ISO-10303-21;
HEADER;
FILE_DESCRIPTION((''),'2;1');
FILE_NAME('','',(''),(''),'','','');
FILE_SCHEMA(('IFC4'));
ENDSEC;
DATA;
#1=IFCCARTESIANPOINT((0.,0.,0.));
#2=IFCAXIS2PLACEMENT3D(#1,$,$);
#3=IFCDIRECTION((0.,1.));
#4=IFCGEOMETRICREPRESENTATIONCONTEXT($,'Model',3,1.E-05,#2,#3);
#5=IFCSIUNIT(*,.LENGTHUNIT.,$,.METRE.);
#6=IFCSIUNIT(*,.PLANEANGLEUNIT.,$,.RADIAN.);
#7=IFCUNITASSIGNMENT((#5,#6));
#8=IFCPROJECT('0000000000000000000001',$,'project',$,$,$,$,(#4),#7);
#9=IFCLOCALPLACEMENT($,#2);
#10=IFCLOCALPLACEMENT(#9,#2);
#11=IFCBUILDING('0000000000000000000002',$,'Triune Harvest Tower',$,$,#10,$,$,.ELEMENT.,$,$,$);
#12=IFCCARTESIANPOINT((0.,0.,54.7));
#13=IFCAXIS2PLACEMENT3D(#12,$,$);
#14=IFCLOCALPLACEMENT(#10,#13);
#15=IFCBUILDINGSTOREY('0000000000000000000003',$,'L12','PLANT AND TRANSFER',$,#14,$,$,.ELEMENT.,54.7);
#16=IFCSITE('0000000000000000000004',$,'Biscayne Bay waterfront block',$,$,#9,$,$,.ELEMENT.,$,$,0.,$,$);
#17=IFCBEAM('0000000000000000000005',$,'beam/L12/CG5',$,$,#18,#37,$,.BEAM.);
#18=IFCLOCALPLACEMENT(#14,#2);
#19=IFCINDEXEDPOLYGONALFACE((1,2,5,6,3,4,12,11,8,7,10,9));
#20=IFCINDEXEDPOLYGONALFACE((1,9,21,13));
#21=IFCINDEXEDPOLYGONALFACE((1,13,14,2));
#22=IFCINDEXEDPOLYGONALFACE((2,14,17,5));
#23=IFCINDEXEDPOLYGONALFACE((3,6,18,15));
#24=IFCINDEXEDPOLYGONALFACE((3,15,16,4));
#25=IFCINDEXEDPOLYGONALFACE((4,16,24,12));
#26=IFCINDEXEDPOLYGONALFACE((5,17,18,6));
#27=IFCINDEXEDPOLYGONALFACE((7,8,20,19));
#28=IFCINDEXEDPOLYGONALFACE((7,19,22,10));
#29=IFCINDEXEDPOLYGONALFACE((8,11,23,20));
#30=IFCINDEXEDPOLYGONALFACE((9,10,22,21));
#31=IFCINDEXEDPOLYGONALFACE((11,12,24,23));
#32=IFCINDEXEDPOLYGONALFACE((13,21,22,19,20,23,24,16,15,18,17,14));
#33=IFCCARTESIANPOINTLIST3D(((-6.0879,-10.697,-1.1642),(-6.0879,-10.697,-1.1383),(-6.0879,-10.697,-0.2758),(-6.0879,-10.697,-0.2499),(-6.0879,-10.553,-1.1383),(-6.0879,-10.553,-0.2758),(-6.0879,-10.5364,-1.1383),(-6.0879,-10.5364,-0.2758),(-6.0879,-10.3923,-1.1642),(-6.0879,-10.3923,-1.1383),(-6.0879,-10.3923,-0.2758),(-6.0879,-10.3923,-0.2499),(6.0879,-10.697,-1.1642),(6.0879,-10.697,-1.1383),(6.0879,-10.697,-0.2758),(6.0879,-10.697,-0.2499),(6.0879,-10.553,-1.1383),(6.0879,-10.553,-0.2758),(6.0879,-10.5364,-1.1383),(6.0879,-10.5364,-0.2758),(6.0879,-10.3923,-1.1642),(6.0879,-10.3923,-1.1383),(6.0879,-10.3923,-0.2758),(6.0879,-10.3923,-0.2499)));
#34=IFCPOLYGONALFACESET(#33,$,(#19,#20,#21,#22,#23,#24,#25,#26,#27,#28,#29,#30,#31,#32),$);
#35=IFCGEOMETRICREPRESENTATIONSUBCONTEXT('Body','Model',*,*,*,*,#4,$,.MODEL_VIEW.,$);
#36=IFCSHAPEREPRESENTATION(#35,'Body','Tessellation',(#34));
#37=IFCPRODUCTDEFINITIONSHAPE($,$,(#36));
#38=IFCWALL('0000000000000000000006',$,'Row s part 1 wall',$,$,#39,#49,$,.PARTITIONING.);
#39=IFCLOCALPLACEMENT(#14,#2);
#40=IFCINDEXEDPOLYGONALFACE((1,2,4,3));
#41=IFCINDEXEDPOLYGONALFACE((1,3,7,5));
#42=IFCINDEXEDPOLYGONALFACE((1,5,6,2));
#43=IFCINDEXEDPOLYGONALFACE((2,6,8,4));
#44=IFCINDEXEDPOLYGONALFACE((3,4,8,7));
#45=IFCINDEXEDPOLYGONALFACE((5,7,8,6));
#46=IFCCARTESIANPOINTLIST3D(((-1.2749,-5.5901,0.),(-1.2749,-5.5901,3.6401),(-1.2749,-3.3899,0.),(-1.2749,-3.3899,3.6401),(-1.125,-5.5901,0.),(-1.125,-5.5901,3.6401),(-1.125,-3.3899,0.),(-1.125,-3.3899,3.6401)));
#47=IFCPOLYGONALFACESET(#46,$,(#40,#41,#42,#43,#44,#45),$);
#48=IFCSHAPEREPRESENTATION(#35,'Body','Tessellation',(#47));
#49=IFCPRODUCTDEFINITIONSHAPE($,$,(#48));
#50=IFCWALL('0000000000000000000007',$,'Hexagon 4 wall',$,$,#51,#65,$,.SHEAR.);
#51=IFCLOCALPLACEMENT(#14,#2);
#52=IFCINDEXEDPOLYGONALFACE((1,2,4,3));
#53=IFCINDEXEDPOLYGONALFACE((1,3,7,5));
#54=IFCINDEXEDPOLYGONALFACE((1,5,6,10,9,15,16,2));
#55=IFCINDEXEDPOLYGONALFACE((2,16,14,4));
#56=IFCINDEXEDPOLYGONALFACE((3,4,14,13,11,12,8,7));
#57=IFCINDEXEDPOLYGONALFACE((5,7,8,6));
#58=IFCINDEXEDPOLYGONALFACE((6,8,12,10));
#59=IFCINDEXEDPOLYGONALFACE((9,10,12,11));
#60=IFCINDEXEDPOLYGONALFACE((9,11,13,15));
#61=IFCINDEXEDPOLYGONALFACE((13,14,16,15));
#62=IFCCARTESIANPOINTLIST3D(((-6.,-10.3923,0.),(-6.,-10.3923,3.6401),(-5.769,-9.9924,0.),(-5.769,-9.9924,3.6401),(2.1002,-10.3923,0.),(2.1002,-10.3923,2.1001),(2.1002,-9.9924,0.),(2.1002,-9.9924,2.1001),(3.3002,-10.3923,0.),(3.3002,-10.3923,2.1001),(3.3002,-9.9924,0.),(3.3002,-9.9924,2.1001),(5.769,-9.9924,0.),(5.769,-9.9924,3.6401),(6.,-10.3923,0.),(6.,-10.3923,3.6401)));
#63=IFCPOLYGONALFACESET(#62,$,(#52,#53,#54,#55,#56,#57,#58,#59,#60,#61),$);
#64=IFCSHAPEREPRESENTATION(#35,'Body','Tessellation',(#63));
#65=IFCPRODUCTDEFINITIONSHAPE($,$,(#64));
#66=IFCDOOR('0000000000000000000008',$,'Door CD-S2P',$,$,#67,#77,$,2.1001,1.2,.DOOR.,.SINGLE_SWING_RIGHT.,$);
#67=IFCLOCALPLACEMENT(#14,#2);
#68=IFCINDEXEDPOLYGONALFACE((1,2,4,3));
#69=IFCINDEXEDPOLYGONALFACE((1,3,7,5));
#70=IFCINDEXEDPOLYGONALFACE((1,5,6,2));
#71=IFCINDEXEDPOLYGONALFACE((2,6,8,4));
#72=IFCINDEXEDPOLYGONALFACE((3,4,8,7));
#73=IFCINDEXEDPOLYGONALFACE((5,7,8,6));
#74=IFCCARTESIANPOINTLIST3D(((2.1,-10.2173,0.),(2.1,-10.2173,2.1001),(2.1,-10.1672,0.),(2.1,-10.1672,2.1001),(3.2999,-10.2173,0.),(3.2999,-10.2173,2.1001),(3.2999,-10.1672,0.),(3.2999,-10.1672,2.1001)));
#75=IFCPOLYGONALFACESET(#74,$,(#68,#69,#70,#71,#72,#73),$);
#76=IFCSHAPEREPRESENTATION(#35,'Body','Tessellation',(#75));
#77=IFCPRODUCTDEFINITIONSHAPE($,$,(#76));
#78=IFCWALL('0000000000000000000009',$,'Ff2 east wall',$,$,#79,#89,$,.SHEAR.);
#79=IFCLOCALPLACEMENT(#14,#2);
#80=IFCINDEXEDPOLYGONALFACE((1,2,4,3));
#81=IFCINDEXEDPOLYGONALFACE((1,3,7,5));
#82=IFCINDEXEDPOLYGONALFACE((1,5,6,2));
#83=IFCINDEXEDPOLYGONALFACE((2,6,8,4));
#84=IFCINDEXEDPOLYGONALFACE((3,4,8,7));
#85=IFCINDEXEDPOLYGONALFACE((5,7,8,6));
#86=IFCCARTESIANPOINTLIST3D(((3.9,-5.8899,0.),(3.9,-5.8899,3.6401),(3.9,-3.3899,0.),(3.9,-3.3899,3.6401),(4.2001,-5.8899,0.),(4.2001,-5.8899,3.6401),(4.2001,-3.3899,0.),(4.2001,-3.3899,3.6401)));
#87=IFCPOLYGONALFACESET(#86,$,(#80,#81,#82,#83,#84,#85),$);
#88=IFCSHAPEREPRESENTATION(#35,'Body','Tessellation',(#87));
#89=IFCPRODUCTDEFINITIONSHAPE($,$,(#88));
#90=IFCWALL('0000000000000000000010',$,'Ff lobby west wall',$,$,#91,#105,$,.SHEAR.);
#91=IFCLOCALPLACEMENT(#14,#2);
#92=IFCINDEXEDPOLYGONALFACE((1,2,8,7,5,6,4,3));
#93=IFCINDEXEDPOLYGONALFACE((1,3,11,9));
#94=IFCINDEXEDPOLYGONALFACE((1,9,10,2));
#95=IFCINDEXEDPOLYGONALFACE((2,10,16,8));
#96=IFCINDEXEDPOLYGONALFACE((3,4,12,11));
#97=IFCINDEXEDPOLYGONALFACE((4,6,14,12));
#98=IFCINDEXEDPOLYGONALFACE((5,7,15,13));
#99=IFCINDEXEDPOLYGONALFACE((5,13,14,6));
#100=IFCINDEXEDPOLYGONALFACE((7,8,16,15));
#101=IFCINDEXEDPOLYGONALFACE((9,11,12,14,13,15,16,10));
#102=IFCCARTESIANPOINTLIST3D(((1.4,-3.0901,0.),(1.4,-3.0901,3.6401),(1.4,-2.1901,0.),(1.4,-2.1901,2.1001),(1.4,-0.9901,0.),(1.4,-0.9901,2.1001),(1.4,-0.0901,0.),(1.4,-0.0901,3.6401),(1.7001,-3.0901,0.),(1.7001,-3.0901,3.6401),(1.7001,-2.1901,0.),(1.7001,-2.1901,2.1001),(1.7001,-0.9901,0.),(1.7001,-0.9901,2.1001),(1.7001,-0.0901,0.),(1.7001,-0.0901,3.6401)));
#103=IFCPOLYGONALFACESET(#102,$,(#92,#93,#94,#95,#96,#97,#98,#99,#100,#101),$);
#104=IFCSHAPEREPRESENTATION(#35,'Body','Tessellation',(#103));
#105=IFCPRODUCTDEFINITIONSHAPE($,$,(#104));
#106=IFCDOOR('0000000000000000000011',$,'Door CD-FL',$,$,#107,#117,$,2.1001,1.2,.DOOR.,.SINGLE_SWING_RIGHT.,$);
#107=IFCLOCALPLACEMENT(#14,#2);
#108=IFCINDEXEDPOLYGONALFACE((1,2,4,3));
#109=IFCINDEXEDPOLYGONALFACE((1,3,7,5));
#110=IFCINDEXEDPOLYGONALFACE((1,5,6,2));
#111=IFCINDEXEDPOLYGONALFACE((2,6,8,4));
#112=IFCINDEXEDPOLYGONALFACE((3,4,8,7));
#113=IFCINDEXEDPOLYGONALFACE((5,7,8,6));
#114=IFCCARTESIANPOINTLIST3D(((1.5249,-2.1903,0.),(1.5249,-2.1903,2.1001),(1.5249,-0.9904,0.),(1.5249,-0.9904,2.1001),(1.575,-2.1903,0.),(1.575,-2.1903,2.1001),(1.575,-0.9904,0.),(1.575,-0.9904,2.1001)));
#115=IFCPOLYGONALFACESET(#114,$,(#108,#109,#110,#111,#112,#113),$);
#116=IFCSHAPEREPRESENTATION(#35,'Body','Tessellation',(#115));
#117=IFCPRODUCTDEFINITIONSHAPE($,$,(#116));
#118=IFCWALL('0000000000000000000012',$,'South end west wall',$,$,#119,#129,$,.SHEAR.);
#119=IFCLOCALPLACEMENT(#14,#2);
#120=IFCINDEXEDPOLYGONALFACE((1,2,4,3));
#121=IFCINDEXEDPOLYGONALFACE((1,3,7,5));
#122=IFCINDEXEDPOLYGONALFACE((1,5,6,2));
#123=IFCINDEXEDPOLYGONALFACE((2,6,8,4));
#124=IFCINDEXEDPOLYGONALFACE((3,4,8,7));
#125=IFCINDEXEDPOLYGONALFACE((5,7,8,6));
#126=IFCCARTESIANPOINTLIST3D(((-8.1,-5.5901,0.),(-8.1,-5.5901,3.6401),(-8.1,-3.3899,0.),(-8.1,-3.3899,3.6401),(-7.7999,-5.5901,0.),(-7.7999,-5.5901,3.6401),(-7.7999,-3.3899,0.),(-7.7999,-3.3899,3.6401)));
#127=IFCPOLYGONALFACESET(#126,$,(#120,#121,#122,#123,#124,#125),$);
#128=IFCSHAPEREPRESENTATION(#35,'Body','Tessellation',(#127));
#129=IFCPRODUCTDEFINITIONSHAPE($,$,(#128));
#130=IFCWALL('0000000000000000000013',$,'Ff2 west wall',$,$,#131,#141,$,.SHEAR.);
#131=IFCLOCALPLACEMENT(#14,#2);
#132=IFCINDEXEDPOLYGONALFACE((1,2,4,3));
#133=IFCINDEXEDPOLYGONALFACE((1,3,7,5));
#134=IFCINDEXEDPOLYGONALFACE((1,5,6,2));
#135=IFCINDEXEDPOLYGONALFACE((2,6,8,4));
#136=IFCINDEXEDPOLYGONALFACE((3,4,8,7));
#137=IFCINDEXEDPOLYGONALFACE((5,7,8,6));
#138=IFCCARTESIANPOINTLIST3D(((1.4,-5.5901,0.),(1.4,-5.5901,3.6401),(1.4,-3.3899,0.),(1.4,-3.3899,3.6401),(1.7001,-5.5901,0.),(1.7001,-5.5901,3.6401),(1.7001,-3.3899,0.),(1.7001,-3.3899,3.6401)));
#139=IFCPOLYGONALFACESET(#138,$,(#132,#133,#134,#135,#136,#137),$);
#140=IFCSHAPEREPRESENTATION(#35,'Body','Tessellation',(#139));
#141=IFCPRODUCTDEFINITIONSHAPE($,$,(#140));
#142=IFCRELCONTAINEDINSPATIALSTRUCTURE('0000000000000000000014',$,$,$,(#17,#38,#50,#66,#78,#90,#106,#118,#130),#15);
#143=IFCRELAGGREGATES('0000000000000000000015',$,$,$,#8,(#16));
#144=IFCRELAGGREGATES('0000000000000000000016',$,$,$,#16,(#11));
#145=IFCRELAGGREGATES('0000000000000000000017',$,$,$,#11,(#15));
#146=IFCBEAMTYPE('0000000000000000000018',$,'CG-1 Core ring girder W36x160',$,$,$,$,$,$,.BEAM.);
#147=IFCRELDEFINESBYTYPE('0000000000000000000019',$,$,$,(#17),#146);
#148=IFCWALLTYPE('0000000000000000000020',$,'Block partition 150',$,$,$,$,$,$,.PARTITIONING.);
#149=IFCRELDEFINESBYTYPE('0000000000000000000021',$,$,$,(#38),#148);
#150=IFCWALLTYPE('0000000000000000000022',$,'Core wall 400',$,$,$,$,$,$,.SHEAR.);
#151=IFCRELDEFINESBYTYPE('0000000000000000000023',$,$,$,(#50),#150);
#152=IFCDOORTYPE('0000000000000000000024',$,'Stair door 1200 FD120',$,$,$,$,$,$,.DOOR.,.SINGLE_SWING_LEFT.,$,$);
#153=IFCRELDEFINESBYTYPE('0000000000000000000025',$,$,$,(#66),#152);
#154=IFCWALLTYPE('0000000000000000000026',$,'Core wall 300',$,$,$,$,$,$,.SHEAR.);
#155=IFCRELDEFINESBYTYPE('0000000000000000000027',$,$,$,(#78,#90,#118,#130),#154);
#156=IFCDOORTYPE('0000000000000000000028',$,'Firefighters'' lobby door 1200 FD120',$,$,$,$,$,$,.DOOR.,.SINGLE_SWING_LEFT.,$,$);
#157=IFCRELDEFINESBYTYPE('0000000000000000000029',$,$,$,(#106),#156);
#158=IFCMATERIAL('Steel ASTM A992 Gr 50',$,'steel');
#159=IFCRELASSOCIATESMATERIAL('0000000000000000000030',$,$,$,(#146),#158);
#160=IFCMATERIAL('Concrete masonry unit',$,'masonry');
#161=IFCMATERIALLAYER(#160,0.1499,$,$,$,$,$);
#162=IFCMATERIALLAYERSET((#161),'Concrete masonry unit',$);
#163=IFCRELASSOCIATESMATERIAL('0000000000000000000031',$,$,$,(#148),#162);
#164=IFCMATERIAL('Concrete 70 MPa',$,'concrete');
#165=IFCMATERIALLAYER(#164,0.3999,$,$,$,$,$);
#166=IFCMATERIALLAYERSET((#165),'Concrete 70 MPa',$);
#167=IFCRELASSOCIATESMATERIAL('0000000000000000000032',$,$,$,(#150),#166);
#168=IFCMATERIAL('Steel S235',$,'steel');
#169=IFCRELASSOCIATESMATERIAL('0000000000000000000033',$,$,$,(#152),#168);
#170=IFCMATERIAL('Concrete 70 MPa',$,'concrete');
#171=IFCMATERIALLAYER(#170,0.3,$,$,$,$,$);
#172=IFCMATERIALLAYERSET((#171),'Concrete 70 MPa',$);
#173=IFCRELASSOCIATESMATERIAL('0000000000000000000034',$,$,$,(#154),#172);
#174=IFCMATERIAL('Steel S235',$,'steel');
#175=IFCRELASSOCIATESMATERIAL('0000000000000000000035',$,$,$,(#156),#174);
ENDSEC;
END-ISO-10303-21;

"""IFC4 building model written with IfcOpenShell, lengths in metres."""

from ifc_helpers import new_model, si_unit, direction, frame, frame_2d, origin, origin_2d, place, context, subcontext, project, spatial, polyline, rectangle, i_section, outline, extrude, source, transform, mapped, material, layer, layer_set, material_profile, profile_set, type_object, element, fill, save


model = new_model("IFC4")

# Units and contexts
model_context = context("Model", 3, precision=1e-05, world=origin(), true_north=direction((0.0, 1.0)))
body_context = subcontext(model_context, "Body", "Model", "MODEL_VIEW")
ifc_project = project(units=[si_unit("LENGTHUNIT", "METRE"), si_unit("PLANEANGLEUNIT", "RADIAN")], contexts=[model_context])

# Site, building, storey
site_placement = place(None, origin())
site = spatial("IfcSite", under=ifc_project, at=site_placement, Name="Biscayne Bay waterfront block", CompositionType="ELEMENT", RefElevation=0.0)
building_placement = place(site_placement, origin())
building = spatial("IfcBuilding", under=site, at=building_placement, Name="Triune Harvest Tower", CompositionType="ELEMENT")
storey_placement = place(building_placement, frame((0.0, 0.0, 54.7)))
storey = spatial("IfcBuildingStorey", under=building, at=storey_placement, Name="L12", Description="PLANT AND TRANSFER", CompositionType="ELEMENT", Elevation=54.7)

# Beam
ifc_material_1 = material(Name="Steel ASTM A992 Gr 50", Category="steel")
ifc_material_profile = material_profile(ifc_material_1, i_section(OverallWidth=0.3047, OverallDepth=0.9143, WebThickness=0.0166, FlangeThickness=0.0259, at=origin_2d()), Name="W36x160")
ifc_profile_set = profile_set([ifc_material_profile], Name="Steel ASTM A992 Gr 50")
beam_type = type_object("IfcBeamType", Name="CG-1 Core ring girder W36x160", PredefinedType="BEAM", material=ifc_profile_set)
shared_shape_1 = source(origin(), body_context, "Body", "SweptSolid", [
    extrude(i_section(OverallWidth=0.3047, OverallDepth=0.9143, WebThickness=0.0166, FlangeThickness=0.0259, at=origin_2d()), origin(), (0.0, 0.0, 1.0), 12.1758),
])
beam_placement = place(storey_placement, frame((-6.0879, -10.5447, -0.707), z_axis=(1.0, 0.0, 0.0), x_axis=(0.0, 1.0, 0.0)))
element("IfcBeam", 1, at=beam_placement, inside=storey, type_object=beam_type, Name="beam/L12/CG5", PredefinedType="BEAM", context=body_context, shape_type="MappedRepresentation", body=[
    mapped(shared_shape_1, transform((0.0, 0.0, 0.0), scale=1.0)),
])

# Wall
ifc_material_2 = material(Name="Concrete masonry unit", Category="masonry")
ifc_layer_1 = layer(ifc_material_2, 0.1499)
ifc_layer_set_1 = layer_set([ifc_layer_1], Name="Concrete masonry unit")
wall_type_1 = type_object("IfcWallType", Name="Block partition 150", PredefinedType="PARTITIONING", material=ifc_layer_set_1)
wall_1_placement = place(storey_placement, frame((-1.2, -5.5901, 0.0), z_axis=(0.0, 0.0, 1.0), x_axis=(0.0, 1.0, 0.0)))
element("IfcWall", 2, at=wall_1_placement, inside=storey, type_object=wall_type_1, Name="Row s part 1 wall", PredefinedType="PARTITIONING", context=body_context, shape_type="SweptSolid", body=[
    extrude(rectangle(XDim=2.2002, YDim=0.1499, at=frame_2d((1.1001, 0.0))), origin(), (0.0, 0.0, 1.0), 3.6401),
])

# Wall, opening, door
ifc_material_3 = material(Name="Concrete 70 MPa", Category="concrete")
ifc_layer_2 = layer(ifc_material_3, 0.3999)
ifc_layer_set_2 = layer_set([ifc_layer_2], Name="Concrete 70 MPa")
wall_type_2 = type_object("IfcWallType", Name="Core wall 400", PredefinedType="SHEAR", material=ifc_layer_set_2)
shared_shape_2 = source(origin(), body_context, "Body", "SweptSolid", [
    extrude(outline(polyline([(-0.1155, -0.2), (11.8845, -0.2), (11.6536, 0.2), (0.1155, 0.2), (-0.1155, -0.2)])), origin(), (0.0, 0.0, 1.0), 3.6401),
])
wall_2_placement = place(storey_placement, frame((-5.8845, -10.1924, 0.0), z_axis=(0.0, 0.0, 1.0), x_axis=(1.0, 0.0, 0.0)))
wall_2 = element("IfcWall", 3, at=wall_2_placement, inside=storey, type_object=wall_type_2, Name="Hexagon 4 wall", PredefinedType="SHEAR", context=body_context, shape_type="MappedRepresentation", body=[
    mapped(shared_shape_2, transform((0.0, 0.0, 0.0), scale=1.0)),
])
opening_1_placement = place(wall_2_placement, frame((7.9846, 0.0, 0.0)))
opening_1 = element("IfcOpeningElement", 4, at=opening_1_placement, cuts=wall_2, PredefinedType="OPENING", context=body_context, shape_type="SweptSolid", body=[
    extrude(rectangle(XDim=1.2, YDim=2.1001, at=frame_2d((0.6001, 1.05))), frame((0.0, 0.21, 0.0), z_axis=(0.0, -1.0, 0.0), x_axis=(1.0, 0.0, 0.0)), (0.0, 0.0, 1.0), 0.4199),
])
ifc_material_4 = material(Name="Steel S235", Category="steel")
door_type_1 = type_object("IfcDoorType", Name="Stair door 1200 FD120", OperationType="SINGLE_SWING_LEFT", PredefinedType="DOOR", material=ifc_material_4)
door_1_placement = place(opening_1_placement, frame((1.2, 0.0, 0.0), z_axis=(0.0, 0.0, 1.0), x_axis=(-1.0, 0.0, 0.0)))
door_1 = element("IfcDoor", 5, at=door_1_placement, inside=storey, type_object=door_type_1, Name="Door CD-S2P", OperationType="SINGLE_SWING_RIGHT", OverallHeight=2.1001, OverallWidth=1.2, PredefinedType="DOOR", context=body_context, shape_type="SweptSolid", body=[
    extrude(rectangle(XDim=1.2, YDim=2.1001, at=frame_2d((0.6001, 1.05))), frame((0.0, 0.0249, 0.0), z_axis=(0.0, -1.0, 0.0), x_axis=(1.0, 0.0, 0.0)), (0.0, 0.0, 1.0), 0.05),
])
fill(opening_1, door_1)

# Wall
ifc_material_5 = material(Name="Concrete 70 MPa", Category="concrete")
ifc_layer_3 = layer(ifc_material_5, 0.3)
ifc_layer_set_3 = layer_set([ifc_layer_3], Name="Concrete 70 MPa")
wall_type_3 = type_object("IfcWallType", Name="Core wall 300", PredefinedType="SHEAR", material=ifc_layer_set_3)
shared_shape_3 = source(origin(), body_context, "Body", "SweptSolid", [
    extrude(rectangle(XDim=2.5, YDim=0.3, at=frame_2d((1.25, 0.0))), origin(), (0.0, 0.0, 1.0), 3.6401),
])
wall_3_placement = place(storey_placement, frame((4.05, -5.8899, 0.0), z_axis=(0.0, 0.0, 1.0), x_axis=(0.0, 1.0, 0.0)))
element("IfcWall", 6, at=wall_3_placement, inside=storey, type_object=wall_type_3, Name="Ff2 east wall", PredefinedType="SHEAR", context=body_context, shape_type="MappedRepresentation", body=[
    mapped(shared_shape_3, transform((0.0, 0.0, 0.0), scale=1.0)),
])

# Wall, opening, door
shared_shape_4 = source(origin(), body_context, "Body", "SweptSolid", [
    extrude(rectangle(XDim=3.0, YDim=0.3, at=frame_2d((1.5, 0.0))), origin(), (0.0, 0.0, 1.0), 3.6401),
])
wall_4_placement = place(storey_placement, frame((1.55, -3.0901, 0.0), z_axis=(0.0, 0.0, 1.0), x_axis=(0.0, 1.0, 0.0)))
wall_4 = element("IfcWall", 7, at=wall_4_placement, inside=storey, type_object=wall_type_3, Name="Ff lobby west wall", PredefinedType="SHEAR", context=body_context, shape_type="MappedRepresentation", body=[
    mapped(shared_shape_4, transform((0.0, 0.0, 0.0), scale=1.0)),
])
opening_2_placement = place(wall_4_placement, frame((0.8999, 0.0, 0.0)))
opening_2 = element("IfcOpeningElement", 8, at=opening_2_placement, cuts=wall_4, PredefinedType="OPENING", context=body_context, shape_type="SweptSolid", body=[
    extrude(rectangle(XDim=1.2, YDim=2.1001, at=frame_2d((0.6001, 1.05))), frame((0.0, 0.1602, 0.0), z_axis=(0.0, -1.0, 0.0), x_axis=(1.0, 0.0, 0.0)), (0.0, 0.0, 1.0), 0.3201),
])
ifc_material_6 = material(Name="Steel S235", Category="steel")
door_type_2 = type_object("IfcDoorType", Name="Firefighters' lobby door 1200 FD120", OperationType="SINGLE_SWING_LEFT", PredefinedType="DOOR", material=ifc_material_6)
door_2_placement = place(opening_2_placement, frame((1.2, 0.0, 0.0), z_axis=(0.0, 0.0, 1.0), x_axis=(-1.0, 0.0, 0.0)))
door_2 = element("IfcDoor", 9, at=door_2_placement, inside=storey, type_object=door_type_2, Name="Door CD-FL", OperationType="SINGLE_SWING_RIGHT", OverallHeight=2.1001, OverallWidth=1.2, PredefinedType="DOOR", context=body_context, shape_type="SweptSolid", body=[
    extrude(rectangle(XDim=1.2, YDim=2.1001, at=frame_2d((0.6001, 1.05))), frame((0.0, 0.0249, 0.0), z_axis=(0.0, -1.0, 0.0), x_axis=(1.0, 0.0, 0.0)), (0.0, 0.0, 1.0), 0.05),
])
fill(opening_2, door_2)

# Walls
shared_shape_5 = source(origin(), body_context, "Body", "SweptSolid", [
    extrude(rectangle(XDim=2.2002, YDim=0.3, at=frame_2d((1.1001, 0.0))), origin(), (0.0, 0.0, 1.0), 3.6401),
])
for number, where, z_axis, x_axis, name in (
    (10, (-7.95, -5.5901, 0.0), (0.0, 0.0, 1.0), (0.0, 1.0, 0.0), "South end west wall"),
    (11, (1.55, -5.5901, 0.0), (0.0, 0.0, 1.0), (0.0, 1.0, 0.0), "Ff2 west wall"),
):
    element("IfcWall", number, at=place(storey_placement, frame(where, z_axis=z_axis, x_axis=x_axis)), inside=storey, type_object=wall_type_3, Name=name, PredefinedType="SHEAR", context=body_context, shape_type="MappedRepresentation", body=[
        mapped(shared_shape_5, transform((0.0, 0.0, 0.0), scale=1.0)),
    ])

save(model, "model.ifc")
